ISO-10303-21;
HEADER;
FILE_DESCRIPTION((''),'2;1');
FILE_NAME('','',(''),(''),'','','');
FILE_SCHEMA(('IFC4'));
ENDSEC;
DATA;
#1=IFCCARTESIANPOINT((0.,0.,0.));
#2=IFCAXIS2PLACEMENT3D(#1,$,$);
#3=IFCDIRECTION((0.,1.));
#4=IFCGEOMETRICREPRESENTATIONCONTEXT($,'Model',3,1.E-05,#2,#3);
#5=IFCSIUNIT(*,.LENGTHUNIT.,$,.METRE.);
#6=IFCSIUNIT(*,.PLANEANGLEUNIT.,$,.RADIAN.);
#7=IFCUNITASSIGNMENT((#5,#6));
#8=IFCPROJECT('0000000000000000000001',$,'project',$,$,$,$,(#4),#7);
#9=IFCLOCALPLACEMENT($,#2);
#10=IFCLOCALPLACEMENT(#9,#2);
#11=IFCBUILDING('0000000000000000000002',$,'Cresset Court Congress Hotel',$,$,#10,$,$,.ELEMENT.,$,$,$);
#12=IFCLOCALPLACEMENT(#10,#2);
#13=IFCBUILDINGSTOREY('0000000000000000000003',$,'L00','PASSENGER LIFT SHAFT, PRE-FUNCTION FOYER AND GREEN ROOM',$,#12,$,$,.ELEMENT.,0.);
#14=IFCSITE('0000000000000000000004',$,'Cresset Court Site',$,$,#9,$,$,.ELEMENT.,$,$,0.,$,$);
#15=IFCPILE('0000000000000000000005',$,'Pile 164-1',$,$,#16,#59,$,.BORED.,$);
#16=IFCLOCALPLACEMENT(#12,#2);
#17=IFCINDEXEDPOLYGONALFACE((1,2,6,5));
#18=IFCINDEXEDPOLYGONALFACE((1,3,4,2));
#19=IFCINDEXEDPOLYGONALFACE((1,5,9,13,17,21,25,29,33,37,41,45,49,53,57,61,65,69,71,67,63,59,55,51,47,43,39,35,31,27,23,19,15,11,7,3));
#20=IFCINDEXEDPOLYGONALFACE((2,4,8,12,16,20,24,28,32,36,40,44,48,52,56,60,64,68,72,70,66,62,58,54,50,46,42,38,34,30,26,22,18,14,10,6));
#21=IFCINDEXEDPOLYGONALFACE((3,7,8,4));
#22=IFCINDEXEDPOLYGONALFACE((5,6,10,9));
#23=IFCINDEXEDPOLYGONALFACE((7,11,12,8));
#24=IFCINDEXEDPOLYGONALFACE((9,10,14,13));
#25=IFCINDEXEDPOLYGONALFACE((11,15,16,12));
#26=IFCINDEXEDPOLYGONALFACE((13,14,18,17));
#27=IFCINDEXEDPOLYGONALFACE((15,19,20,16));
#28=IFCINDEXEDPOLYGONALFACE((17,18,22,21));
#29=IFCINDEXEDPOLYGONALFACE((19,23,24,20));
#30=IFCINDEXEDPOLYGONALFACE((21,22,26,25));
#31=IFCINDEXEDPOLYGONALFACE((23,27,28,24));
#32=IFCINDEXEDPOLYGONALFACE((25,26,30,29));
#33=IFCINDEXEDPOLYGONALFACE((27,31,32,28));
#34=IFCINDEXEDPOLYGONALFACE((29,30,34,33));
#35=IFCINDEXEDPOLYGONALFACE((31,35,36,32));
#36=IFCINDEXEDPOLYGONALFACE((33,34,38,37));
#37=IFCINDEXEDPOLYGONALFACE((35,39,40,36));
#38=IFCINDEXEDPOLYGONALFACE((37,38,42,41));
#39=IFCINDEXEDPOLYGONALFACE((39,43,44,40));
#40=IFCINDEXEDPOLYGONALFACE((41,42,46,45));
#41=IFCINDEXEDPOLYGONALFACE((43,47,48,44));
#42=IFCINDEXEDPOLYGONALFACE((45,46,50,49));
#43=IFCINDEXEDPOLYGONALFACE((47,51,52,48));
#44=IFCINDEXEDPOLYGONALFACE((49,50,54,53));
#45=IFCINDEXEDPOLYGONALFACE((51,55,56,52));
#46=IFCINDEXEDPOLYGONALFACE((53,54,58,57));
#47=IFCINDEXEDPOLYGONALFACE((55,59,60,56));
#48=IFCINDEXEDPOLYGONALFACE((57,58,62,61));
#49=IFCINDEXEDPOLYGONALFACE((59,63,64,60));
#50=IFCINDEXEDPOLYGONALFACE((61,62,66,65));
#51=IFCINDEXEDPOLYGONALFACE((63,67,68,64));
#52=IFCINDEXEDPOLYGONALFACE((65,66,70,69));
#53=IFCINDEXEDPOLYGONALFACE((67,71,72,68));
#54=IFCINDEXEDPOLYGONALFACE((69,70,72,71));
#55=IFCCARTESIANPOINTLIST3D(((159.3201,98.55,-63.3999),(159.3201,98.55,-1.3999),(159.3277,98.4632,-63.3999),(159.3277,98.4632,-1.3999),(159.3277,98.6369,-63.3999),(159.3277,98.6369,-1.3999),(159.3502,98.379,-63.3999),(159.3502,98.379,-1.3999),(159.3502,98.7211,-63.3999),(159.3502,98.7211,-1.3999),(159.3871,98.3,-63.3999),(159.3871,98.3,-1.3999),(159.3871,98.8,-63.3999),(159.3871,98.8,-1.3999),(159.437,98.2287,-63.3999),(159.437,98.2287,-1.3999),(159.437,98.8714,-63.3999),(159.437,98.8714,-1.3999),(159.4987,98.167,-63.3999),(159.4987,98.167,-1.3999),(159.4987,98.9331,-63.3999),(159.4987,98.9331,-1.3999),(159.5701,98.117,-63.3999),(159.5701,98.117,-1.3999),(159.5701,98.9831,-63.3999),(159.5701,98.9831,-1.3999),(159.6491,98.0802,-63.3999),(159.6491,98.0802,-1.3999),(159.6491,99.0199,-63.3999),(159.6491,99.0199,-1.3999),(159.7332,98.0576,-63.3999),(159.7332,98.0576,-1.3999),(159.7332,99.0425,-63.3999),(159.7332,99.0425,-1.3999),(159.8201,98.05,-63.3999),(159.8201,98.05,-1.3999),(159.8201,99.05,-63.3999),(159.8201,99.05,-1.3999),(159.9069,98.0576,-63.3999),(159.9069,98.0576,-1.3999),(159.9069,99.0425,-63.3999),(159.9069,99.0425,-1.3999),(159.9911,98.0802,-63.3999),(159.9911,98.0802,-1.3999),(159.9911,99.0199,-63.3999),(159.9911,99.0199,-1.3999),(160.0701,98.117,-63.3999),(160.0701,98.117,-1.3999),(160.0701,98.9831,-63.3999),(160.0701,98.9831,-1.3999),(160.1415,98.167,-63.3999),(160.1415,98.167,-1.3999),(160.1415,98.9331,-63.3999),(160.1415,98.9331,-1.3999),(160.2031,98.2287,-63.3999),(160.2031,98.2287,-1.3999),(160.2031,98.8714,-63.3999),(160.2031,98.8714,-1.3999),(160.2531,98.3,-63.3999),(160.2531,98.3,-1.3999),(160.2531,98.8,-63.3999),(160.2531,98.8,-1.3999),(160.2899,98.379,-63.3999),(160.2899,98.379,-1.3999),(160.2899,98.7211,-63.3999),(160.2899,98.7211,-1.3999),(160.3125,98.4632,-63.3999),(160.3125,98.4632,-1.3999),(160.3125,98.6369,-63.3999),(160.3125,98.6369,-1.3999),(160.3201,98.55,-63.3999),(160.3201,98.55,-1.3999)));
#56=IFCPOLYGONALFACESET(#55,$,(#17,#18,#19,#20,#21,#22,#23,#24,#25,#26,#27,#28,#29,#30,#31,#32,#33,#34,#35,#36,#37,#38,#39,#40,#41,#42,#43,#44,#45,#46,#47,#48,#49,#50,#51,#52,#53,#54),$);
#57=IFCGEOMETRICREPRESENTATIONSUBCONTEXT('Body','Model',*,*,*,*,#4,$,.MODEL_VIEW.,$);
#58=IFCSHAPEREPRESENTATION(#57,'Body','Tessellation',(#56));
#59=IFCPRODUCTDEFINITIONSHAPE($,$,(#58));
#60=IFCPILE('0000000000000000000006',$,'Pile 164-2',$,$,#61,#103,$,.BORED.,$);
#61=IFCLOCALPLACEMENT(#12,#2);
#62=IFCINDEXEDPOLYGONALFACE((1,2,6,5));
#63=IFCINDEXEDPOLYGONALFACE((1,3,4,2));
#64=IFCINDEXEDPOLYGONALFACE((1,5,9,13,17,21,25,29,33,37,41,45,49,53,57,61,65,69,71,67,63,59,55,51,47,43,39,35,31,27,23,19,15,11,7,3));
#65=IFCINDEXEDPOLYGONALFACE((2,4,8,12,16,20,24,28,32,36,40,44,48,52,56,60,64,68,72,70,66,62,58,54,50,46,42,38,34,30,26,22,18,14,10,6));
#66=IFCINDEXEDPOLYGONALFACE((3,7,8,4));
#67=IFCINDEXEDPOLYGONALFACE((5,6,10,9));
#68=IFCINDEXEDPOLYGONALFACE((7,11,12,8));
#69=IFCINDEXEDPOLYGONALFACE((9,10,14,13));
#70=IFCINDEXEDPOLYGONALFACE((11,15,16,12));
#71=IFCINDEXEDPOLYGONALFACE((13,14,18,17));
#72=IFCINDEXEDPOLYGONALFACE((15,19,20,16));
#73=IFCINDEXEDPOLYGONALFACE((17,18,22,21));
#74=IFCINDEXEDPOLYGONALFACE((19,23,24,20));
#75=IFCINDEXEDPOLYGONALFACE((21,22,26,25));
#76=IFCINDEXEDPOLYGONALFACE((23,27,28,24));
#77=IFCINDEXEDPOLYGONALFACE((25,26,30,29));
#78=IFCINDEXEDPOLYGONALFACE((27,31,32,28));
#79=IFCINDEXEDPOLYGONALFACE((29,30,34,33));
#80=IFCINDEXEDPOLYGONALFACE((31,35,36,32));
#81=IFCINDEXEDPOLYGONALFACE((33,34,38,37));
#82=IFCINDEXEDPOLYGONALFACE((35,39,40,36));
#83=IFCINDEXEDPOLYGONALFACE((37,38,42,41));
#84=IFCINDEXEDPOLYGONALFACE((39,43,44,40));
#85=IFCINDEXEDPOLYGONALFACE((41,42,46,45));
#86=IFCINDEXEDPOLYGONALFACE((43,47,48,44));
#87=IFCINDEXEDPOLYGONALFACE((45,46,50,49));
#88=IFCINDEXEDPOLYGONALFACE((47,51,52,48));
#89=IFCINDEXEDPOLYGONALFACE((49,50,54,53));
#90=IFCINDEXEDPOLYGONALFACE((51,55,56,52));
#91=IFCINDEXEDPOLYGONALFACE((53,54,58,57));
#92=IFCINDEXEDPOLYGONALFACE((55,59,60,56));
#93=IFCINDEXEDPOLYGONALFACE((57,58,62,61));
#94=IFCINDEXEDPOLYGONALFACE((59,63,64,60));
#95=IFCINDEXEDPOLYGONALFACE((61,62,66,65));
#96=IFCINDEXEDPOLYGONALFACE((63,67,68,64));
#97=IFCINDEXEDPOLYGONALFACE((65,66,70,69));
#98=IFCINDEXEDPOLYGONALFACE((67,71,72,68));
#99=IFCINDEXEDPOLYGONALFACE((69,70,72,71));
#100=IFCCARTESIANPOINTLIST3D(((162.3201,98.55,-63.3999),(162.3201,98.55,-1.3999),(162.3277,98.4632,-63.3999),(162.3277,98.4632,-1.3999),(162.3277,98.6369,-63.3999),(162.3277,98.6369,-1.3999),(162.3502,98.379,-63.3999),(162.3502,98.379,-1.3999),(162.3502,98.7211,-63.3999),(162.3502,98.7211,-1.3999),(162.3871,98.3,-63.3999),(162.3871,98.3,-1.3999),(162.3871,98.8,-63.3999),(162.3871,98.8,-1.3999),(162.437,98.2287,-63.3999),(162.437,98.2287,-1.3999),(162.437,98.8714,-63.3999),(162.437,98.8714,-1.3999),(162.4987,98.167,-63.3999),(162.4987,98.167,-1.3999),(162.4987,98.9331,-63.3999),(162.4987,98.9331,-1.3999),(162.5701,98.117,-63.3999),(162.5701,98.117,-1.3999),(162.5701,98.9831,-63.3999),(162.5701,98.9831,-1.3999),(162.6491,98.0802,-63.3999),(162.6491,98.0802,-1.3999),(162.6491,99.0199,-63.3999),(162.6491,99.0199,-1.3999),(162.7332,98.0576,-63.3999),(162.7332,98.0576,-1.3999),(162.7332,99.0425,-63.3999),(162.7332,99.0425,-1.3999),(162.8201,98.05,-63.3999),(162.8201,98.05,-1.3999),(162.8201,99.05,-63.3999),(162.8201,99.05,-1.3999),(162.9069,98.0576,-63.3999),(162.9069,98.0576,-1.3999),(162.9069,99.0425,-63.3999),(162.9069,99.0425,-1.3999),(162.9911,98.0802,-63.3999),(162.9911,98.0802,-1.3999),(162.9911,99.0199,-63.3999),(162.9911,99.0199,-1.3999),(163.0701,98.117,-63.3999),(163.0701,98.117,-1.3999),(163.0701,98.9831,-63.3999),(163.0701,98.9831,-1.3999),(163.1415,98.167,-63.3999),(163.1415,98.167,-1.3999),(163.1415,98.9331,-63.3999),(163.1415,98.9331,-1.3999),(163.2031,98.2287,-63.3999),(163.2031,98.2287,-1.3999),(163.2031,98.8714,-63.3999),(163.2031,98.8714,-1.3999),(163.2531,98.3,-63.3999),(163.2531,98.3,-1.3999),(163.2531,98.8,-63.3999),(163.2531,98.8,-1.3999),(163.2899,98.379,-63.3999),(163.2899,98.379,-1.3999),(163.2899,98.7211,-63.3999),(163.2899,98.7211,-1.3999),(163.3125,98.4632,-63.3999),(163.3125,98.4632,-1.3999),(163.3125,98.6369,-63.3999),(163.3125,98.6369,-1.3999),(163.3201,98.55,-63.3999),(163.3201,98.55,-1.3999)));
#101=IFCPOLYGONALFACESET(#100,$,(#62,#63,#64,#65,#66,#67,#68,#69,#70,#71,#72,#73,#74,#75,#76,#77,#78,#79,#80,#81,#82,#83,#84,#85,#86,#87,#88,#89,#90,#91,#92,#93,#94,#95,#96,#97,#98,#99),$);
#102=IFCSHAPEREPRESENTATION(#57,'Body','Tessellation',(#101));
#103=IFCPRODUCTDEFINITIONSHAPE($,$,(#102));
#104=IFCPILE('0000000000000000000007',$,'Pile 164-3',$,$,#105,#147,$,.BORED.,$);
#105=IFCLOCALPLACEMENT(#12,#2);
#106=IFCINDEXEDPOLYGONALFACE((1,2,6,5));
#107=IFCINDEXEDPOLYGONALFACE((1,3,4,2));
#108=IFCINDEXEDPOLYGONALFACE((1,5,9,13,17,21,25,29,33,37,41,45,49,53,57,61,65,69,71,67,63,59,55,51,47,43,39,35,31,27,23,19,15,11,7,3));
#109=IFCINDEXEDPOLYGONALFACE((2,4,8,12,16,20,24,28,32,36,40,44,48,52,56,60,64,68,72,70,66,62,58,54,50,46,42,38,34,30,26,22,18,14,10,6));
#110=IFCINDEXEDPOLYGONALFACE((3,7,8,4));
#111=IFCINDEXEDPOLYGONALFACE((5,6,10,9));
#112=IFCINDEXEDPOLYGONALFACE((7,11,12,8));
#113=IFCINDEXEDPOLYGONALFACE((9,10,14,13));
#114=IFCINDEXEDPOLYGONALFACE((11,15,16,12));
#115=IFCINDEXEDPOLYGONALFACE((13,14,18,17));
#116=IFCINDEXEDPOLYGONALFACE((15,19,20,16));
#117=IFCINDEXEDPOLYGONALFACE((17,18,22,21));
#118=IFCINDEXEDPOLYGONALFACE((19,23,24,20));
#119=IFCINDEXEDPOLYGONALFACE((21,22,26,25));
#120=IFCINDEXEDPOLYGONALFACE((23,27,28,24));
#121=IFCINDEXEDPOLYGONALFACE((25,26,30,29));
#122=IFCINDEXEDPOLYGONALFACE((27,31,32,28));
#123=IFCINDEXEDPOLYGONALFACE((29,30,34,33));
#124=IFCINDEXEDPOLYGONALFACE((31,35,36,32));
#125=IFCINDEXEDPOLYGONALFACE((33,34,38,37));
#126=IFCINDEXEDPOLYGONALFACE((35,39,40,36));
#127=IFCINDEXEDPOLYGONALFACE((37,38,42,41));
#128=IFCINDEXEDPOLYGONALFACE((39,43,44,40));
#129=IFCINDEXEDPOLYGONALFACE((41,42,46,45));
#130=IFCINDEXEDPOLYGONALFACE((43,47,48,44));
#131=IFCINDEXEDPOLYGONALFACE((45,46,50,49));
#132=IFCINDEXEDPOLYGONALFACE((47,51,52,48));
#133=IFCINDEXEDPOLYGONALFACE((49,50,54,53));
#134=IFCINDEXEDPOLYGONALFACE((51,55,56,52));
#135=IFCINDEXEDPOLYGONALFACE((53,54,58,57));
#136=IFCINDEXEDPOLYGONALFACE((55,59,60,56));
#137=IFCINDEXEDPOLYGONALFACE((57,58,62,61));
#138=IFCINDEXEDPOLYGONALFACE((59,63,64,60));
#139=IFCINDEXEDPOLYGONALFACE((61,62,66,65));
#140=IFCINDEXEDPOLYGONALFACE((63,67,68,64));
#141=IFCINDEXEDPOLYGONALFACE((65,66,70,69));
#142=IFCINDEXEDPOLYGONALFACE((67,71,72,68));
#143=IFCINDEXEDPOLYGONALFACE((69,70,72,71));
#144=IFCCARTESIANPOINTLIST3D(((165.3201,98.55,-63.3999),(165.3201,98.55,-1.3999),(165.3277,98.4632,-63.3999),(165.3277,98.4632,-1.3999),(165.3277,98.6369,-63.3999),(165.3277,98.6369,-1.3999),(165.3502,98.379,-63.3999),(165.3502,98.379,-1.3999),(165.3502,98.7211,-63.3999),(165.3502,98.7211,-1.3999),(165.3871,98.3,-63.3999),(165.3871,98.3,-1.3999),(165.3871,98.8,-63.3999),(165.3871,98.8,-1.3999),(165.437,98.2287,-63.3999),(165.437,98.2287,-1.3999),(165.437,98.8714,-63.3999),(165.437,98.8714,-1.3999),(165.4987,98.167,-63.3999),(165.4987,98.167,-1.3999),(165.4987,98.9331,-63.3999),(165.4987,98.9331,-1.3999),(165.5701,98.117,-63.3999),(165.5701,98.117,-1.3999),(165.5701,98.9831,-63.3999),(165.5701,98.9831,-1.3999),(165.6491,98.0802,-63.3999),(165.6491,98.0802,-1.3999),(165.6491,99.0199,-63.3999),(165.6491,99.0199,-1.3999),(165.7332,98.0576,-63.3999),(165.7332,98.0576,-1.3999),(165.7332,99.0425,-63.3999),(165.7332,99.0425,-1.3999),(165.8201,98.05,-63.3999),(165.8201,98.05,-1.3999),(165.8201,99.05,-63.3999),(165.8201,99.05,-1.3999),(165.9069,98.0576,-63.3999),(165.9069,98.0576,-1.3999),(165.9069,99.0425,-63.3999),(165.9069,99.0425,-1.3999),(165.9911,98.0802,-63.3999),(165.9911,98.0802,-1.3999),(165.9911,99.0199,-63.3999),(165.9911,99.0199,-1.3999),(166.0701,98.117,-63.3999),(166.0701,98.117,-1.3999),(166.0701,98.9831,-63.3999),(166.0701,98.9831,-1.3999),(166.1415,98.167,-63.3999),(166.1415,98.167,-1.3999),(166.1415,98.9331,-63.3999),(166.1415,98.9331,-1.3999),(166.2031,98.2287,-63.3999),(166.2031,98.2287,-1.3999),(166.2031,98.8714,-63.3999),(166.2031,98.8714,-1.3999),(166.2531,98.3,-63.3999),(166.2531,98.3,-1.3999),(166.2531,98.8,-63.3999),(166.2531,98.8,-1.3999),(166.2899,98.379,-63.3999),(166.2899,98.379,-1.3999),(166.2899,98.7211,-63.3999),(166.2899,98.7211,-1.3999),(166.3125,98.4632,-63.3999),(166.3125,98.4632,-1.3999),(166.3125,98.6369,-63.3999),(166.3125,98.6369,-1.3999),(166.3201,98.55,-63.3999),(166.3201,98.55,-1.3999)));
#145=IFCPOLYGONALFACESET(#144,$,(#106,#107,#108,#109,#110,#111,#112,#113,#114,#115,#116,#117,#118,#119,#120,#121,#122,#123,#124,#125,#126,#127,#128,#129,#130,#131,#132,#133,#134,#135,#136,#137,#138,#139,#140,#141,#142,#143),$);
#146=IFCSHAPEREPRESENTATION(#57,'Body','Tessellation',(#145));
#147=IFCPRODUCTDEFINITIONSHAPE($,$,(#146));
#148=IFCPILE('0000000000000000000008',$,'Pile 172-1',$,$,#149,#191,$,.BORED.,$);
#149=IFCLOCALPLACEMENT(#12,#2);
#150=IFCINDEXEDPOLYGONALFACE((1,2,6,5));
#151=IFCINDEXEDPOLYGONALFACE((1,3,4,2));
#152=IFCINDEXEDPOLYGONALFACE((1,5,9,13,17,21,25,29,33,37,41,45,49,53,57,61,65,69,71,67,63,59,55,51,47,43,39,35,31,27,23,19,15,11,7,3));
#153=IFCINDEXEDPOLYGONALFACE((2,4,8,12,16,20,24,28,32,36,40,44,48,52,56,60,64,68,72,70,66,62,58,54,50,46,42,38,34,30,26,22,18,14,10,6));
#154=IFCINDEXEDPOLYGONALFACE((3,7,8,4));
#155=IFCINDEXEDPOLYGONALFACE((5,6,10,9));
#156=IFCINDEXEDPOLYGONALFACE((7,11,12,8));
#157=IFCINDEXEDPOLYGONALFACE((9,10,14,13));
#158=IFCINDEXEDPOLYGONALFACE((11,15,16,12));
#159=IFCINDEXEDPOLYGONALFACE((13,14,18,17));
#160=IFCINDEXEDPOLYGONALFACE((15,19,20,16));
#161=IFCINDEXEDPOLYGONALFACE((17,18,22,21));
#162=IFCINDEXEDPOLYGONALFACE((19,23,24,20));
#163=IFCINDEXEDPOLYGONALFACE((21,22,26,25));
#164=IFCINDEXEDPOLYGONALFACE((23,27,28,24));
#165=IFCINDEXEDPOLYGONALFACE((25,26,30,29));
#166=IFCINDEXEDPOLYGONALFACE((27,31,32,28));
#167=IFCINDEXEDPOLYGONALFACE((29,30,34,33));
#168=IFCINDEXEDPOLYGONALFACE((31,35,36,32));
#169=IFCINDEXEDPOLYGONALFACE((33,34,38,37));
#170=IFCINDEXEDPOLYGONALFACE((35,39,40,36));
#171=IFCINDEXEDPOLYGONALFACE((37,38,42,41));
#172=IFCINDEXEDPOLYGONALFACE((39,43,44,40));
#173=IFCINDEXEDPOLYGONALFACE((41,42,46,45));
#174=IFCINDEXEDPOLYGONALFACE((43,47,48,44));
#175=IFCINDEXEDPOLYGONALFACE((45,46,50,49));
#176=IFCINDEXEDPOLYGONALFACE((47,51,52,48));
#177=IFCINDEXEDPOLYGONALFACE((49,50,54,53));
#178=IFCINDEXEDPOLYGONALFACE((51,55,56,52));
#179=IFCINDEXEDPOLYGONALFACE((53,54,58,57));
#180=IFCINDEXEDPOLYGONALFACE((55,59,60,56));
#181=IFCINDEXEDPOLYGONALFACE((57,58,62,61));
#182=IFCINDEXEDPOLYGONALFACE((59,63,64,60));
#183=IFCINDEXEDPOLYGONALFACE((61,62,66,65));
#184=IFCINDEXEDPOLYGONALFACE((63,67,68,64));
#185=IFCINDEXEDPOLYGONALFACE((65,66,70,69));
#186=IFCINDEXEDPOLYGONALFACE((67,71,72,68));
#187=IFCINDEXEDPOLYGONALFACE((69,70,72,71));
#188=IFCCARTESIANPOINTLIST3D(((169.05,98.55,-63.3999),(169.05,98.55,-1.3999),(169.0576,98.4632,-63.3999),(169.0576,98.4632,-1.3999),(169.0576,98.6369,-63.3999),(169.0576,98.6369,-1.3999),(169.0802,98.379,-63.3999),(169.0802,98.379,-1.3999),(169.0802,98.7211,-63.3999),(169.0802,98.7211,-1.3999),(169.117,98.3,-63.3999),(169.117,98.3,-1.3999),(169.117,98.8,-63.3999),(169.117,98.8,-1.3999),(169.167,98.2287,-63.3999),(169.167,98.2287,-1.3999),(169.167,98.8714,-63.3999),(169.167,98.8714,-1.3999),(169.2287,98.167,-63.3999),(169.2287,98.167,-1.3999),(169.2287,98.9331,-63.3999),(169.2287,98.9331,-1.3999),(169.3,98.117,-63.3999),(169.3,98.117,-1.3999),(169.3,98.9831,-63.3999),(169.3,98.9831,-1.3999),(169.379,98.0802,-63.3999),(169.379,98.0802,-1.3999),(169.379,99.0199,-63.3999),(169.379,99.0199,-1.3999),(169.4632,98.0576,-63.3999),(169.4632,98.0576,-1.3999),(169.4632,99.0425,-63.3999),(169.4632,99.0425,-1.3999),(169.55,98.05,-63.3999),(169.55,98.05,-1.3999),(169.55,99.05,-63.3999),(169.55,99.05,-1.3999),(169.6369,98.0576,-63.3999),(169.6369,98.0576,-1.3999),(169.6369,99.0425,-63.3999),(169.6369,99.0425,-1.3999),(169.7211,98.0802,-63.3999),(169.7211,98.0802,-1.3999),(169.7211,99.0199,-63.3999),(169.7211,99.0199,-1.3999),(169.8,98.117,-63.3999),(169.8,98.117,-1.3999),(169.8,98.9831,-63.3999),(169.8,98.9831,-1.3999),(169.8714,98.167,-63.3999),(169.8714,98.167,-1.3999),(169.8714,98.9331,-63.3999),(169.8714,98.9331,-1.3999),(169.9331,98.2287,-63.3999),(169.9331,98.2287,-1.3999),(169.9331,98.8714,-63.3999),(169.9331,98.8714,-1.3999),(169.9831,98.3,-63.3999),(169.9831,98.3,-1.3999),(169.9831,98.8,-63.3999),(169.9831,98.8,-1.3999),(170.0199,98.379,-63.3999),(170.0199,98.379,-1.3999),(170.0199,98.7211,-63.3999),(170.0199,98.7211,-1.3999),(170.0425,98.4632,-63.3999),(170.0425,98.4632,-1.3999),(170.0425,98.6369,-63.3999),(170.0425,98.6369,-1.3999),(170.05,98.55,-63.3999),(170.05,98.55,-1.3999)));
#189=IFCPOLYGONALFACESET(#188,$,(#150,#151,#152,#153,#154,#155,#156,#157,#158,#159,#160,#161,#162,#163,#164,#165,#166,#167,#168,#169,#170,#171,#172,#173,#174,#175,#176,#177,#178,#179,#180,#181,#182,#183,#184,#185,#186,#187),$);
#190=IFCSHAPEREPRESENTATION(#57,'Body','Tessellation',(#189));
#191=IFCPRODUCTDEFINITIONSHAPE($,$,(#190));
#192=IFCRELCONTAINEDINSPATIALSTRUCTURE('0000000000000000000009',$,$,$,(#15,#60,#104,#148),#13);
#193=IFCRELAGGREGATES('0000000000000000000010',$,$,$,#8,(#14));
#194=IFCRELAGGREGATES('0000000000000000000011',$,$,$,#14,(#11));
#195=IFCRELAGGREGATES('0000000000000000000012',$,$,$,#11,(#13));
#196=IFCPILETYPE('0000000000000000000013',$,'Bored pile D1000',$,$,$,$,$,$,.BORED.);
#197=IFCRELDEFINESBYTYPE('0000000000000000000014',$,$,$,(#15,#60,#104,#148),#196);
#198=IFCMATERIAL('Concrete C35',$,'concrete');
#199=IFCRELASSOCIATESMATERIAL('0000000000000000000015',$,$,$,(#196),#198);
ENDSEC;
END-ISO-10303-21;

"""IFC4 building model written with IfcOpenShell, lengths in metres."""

from ifc_helpers import new_model, si_unit, direction, frame, origin, origin_2d, place, context, subcontext, project, spatial, circle, extrude, material, type_object, element, save


model = new_model("IFC4")

# Units and contexts
model_context = context("Model", 3, precision=1e-05, world=origin(), true_north=direction((0.0, 1.0)))
body_context = subcontext(model_context, "Body", "Model", "MODEL_VIEW")
ifc_project = project(units=[si_unit("LENGTHUNIT", "METRE"), si_unit("PLANEANGLEUNIT", "RADIAN")], contexts=[model_context])

# Site, building, storey
site_placement = place(None, origin())
site = spatial("IfcSite", under=ifc_project, at=site_placement, Name="Cresset Court Site", CompositionType="ELEMENT", RefElevation=0.0)
building_placement = place(site_placement, origin())
building = spatial("IfcBuilding", under=site, at=building_placement, Name="Cresset Court Congress Hotel", CompositionType="ELEMENT")
storey_placement = place(building_placement, origin())
storey = spatial("IfcBuildingStorey", under=building, at=storey_placement, Name="L00", Description="PASSENGER LIFT SHAFT, PRE-FUNCTION FOYER AND GREEN ROOM", CompositionType="ELEMENT", Elevation=0.0)

# Piles
ifc_material_1 = material(Name="Concrete C35", Category="concrete")
pile_type_1 = type_object("IfcPileType", Name="Bored pile D1000", PredefinedType="BORED", material=ifc_material_1)
for number, where, z_axis, x_axis, name in (
    (1, (159.8201, 98.55, -1.3999), (0.0, 0.0, -1.0), (1.0, 0.0, 0.0), "Pile 164-1"),
    (2, (162.8201, 98.55, -1.3999), (0.0, 0.0, -1.0), (1.0, 0.0, 0.0), "Pile 164-2"),
    (3, (165.8201, 98.55, -1.3999), (0.0, 0.0, -1.0), (1.0, 0.0, 0.0), "Pile 164-3"),
    (4, (169.55, 98.55, -1.3999), (0.0, 0.0, -1.0), (1.0, 0.0, 0.0), "Pile 172-1"),
):
    element("IfcPile", number, at=place(storey_placement, frame(where, z_axis=z_axis, x_axis=x_axis)), inside=storey, type_object=pile_type_1, Name=name, PredefinedType="BORED", context=body_context, shape_type="SweptSolid", body=[
        extrude(circle(Radius=0.5, at=origin_2d()), origin(), (0.0, 0.0, 1.0), 62.0),
    ])

save(model, "model.ifc")
